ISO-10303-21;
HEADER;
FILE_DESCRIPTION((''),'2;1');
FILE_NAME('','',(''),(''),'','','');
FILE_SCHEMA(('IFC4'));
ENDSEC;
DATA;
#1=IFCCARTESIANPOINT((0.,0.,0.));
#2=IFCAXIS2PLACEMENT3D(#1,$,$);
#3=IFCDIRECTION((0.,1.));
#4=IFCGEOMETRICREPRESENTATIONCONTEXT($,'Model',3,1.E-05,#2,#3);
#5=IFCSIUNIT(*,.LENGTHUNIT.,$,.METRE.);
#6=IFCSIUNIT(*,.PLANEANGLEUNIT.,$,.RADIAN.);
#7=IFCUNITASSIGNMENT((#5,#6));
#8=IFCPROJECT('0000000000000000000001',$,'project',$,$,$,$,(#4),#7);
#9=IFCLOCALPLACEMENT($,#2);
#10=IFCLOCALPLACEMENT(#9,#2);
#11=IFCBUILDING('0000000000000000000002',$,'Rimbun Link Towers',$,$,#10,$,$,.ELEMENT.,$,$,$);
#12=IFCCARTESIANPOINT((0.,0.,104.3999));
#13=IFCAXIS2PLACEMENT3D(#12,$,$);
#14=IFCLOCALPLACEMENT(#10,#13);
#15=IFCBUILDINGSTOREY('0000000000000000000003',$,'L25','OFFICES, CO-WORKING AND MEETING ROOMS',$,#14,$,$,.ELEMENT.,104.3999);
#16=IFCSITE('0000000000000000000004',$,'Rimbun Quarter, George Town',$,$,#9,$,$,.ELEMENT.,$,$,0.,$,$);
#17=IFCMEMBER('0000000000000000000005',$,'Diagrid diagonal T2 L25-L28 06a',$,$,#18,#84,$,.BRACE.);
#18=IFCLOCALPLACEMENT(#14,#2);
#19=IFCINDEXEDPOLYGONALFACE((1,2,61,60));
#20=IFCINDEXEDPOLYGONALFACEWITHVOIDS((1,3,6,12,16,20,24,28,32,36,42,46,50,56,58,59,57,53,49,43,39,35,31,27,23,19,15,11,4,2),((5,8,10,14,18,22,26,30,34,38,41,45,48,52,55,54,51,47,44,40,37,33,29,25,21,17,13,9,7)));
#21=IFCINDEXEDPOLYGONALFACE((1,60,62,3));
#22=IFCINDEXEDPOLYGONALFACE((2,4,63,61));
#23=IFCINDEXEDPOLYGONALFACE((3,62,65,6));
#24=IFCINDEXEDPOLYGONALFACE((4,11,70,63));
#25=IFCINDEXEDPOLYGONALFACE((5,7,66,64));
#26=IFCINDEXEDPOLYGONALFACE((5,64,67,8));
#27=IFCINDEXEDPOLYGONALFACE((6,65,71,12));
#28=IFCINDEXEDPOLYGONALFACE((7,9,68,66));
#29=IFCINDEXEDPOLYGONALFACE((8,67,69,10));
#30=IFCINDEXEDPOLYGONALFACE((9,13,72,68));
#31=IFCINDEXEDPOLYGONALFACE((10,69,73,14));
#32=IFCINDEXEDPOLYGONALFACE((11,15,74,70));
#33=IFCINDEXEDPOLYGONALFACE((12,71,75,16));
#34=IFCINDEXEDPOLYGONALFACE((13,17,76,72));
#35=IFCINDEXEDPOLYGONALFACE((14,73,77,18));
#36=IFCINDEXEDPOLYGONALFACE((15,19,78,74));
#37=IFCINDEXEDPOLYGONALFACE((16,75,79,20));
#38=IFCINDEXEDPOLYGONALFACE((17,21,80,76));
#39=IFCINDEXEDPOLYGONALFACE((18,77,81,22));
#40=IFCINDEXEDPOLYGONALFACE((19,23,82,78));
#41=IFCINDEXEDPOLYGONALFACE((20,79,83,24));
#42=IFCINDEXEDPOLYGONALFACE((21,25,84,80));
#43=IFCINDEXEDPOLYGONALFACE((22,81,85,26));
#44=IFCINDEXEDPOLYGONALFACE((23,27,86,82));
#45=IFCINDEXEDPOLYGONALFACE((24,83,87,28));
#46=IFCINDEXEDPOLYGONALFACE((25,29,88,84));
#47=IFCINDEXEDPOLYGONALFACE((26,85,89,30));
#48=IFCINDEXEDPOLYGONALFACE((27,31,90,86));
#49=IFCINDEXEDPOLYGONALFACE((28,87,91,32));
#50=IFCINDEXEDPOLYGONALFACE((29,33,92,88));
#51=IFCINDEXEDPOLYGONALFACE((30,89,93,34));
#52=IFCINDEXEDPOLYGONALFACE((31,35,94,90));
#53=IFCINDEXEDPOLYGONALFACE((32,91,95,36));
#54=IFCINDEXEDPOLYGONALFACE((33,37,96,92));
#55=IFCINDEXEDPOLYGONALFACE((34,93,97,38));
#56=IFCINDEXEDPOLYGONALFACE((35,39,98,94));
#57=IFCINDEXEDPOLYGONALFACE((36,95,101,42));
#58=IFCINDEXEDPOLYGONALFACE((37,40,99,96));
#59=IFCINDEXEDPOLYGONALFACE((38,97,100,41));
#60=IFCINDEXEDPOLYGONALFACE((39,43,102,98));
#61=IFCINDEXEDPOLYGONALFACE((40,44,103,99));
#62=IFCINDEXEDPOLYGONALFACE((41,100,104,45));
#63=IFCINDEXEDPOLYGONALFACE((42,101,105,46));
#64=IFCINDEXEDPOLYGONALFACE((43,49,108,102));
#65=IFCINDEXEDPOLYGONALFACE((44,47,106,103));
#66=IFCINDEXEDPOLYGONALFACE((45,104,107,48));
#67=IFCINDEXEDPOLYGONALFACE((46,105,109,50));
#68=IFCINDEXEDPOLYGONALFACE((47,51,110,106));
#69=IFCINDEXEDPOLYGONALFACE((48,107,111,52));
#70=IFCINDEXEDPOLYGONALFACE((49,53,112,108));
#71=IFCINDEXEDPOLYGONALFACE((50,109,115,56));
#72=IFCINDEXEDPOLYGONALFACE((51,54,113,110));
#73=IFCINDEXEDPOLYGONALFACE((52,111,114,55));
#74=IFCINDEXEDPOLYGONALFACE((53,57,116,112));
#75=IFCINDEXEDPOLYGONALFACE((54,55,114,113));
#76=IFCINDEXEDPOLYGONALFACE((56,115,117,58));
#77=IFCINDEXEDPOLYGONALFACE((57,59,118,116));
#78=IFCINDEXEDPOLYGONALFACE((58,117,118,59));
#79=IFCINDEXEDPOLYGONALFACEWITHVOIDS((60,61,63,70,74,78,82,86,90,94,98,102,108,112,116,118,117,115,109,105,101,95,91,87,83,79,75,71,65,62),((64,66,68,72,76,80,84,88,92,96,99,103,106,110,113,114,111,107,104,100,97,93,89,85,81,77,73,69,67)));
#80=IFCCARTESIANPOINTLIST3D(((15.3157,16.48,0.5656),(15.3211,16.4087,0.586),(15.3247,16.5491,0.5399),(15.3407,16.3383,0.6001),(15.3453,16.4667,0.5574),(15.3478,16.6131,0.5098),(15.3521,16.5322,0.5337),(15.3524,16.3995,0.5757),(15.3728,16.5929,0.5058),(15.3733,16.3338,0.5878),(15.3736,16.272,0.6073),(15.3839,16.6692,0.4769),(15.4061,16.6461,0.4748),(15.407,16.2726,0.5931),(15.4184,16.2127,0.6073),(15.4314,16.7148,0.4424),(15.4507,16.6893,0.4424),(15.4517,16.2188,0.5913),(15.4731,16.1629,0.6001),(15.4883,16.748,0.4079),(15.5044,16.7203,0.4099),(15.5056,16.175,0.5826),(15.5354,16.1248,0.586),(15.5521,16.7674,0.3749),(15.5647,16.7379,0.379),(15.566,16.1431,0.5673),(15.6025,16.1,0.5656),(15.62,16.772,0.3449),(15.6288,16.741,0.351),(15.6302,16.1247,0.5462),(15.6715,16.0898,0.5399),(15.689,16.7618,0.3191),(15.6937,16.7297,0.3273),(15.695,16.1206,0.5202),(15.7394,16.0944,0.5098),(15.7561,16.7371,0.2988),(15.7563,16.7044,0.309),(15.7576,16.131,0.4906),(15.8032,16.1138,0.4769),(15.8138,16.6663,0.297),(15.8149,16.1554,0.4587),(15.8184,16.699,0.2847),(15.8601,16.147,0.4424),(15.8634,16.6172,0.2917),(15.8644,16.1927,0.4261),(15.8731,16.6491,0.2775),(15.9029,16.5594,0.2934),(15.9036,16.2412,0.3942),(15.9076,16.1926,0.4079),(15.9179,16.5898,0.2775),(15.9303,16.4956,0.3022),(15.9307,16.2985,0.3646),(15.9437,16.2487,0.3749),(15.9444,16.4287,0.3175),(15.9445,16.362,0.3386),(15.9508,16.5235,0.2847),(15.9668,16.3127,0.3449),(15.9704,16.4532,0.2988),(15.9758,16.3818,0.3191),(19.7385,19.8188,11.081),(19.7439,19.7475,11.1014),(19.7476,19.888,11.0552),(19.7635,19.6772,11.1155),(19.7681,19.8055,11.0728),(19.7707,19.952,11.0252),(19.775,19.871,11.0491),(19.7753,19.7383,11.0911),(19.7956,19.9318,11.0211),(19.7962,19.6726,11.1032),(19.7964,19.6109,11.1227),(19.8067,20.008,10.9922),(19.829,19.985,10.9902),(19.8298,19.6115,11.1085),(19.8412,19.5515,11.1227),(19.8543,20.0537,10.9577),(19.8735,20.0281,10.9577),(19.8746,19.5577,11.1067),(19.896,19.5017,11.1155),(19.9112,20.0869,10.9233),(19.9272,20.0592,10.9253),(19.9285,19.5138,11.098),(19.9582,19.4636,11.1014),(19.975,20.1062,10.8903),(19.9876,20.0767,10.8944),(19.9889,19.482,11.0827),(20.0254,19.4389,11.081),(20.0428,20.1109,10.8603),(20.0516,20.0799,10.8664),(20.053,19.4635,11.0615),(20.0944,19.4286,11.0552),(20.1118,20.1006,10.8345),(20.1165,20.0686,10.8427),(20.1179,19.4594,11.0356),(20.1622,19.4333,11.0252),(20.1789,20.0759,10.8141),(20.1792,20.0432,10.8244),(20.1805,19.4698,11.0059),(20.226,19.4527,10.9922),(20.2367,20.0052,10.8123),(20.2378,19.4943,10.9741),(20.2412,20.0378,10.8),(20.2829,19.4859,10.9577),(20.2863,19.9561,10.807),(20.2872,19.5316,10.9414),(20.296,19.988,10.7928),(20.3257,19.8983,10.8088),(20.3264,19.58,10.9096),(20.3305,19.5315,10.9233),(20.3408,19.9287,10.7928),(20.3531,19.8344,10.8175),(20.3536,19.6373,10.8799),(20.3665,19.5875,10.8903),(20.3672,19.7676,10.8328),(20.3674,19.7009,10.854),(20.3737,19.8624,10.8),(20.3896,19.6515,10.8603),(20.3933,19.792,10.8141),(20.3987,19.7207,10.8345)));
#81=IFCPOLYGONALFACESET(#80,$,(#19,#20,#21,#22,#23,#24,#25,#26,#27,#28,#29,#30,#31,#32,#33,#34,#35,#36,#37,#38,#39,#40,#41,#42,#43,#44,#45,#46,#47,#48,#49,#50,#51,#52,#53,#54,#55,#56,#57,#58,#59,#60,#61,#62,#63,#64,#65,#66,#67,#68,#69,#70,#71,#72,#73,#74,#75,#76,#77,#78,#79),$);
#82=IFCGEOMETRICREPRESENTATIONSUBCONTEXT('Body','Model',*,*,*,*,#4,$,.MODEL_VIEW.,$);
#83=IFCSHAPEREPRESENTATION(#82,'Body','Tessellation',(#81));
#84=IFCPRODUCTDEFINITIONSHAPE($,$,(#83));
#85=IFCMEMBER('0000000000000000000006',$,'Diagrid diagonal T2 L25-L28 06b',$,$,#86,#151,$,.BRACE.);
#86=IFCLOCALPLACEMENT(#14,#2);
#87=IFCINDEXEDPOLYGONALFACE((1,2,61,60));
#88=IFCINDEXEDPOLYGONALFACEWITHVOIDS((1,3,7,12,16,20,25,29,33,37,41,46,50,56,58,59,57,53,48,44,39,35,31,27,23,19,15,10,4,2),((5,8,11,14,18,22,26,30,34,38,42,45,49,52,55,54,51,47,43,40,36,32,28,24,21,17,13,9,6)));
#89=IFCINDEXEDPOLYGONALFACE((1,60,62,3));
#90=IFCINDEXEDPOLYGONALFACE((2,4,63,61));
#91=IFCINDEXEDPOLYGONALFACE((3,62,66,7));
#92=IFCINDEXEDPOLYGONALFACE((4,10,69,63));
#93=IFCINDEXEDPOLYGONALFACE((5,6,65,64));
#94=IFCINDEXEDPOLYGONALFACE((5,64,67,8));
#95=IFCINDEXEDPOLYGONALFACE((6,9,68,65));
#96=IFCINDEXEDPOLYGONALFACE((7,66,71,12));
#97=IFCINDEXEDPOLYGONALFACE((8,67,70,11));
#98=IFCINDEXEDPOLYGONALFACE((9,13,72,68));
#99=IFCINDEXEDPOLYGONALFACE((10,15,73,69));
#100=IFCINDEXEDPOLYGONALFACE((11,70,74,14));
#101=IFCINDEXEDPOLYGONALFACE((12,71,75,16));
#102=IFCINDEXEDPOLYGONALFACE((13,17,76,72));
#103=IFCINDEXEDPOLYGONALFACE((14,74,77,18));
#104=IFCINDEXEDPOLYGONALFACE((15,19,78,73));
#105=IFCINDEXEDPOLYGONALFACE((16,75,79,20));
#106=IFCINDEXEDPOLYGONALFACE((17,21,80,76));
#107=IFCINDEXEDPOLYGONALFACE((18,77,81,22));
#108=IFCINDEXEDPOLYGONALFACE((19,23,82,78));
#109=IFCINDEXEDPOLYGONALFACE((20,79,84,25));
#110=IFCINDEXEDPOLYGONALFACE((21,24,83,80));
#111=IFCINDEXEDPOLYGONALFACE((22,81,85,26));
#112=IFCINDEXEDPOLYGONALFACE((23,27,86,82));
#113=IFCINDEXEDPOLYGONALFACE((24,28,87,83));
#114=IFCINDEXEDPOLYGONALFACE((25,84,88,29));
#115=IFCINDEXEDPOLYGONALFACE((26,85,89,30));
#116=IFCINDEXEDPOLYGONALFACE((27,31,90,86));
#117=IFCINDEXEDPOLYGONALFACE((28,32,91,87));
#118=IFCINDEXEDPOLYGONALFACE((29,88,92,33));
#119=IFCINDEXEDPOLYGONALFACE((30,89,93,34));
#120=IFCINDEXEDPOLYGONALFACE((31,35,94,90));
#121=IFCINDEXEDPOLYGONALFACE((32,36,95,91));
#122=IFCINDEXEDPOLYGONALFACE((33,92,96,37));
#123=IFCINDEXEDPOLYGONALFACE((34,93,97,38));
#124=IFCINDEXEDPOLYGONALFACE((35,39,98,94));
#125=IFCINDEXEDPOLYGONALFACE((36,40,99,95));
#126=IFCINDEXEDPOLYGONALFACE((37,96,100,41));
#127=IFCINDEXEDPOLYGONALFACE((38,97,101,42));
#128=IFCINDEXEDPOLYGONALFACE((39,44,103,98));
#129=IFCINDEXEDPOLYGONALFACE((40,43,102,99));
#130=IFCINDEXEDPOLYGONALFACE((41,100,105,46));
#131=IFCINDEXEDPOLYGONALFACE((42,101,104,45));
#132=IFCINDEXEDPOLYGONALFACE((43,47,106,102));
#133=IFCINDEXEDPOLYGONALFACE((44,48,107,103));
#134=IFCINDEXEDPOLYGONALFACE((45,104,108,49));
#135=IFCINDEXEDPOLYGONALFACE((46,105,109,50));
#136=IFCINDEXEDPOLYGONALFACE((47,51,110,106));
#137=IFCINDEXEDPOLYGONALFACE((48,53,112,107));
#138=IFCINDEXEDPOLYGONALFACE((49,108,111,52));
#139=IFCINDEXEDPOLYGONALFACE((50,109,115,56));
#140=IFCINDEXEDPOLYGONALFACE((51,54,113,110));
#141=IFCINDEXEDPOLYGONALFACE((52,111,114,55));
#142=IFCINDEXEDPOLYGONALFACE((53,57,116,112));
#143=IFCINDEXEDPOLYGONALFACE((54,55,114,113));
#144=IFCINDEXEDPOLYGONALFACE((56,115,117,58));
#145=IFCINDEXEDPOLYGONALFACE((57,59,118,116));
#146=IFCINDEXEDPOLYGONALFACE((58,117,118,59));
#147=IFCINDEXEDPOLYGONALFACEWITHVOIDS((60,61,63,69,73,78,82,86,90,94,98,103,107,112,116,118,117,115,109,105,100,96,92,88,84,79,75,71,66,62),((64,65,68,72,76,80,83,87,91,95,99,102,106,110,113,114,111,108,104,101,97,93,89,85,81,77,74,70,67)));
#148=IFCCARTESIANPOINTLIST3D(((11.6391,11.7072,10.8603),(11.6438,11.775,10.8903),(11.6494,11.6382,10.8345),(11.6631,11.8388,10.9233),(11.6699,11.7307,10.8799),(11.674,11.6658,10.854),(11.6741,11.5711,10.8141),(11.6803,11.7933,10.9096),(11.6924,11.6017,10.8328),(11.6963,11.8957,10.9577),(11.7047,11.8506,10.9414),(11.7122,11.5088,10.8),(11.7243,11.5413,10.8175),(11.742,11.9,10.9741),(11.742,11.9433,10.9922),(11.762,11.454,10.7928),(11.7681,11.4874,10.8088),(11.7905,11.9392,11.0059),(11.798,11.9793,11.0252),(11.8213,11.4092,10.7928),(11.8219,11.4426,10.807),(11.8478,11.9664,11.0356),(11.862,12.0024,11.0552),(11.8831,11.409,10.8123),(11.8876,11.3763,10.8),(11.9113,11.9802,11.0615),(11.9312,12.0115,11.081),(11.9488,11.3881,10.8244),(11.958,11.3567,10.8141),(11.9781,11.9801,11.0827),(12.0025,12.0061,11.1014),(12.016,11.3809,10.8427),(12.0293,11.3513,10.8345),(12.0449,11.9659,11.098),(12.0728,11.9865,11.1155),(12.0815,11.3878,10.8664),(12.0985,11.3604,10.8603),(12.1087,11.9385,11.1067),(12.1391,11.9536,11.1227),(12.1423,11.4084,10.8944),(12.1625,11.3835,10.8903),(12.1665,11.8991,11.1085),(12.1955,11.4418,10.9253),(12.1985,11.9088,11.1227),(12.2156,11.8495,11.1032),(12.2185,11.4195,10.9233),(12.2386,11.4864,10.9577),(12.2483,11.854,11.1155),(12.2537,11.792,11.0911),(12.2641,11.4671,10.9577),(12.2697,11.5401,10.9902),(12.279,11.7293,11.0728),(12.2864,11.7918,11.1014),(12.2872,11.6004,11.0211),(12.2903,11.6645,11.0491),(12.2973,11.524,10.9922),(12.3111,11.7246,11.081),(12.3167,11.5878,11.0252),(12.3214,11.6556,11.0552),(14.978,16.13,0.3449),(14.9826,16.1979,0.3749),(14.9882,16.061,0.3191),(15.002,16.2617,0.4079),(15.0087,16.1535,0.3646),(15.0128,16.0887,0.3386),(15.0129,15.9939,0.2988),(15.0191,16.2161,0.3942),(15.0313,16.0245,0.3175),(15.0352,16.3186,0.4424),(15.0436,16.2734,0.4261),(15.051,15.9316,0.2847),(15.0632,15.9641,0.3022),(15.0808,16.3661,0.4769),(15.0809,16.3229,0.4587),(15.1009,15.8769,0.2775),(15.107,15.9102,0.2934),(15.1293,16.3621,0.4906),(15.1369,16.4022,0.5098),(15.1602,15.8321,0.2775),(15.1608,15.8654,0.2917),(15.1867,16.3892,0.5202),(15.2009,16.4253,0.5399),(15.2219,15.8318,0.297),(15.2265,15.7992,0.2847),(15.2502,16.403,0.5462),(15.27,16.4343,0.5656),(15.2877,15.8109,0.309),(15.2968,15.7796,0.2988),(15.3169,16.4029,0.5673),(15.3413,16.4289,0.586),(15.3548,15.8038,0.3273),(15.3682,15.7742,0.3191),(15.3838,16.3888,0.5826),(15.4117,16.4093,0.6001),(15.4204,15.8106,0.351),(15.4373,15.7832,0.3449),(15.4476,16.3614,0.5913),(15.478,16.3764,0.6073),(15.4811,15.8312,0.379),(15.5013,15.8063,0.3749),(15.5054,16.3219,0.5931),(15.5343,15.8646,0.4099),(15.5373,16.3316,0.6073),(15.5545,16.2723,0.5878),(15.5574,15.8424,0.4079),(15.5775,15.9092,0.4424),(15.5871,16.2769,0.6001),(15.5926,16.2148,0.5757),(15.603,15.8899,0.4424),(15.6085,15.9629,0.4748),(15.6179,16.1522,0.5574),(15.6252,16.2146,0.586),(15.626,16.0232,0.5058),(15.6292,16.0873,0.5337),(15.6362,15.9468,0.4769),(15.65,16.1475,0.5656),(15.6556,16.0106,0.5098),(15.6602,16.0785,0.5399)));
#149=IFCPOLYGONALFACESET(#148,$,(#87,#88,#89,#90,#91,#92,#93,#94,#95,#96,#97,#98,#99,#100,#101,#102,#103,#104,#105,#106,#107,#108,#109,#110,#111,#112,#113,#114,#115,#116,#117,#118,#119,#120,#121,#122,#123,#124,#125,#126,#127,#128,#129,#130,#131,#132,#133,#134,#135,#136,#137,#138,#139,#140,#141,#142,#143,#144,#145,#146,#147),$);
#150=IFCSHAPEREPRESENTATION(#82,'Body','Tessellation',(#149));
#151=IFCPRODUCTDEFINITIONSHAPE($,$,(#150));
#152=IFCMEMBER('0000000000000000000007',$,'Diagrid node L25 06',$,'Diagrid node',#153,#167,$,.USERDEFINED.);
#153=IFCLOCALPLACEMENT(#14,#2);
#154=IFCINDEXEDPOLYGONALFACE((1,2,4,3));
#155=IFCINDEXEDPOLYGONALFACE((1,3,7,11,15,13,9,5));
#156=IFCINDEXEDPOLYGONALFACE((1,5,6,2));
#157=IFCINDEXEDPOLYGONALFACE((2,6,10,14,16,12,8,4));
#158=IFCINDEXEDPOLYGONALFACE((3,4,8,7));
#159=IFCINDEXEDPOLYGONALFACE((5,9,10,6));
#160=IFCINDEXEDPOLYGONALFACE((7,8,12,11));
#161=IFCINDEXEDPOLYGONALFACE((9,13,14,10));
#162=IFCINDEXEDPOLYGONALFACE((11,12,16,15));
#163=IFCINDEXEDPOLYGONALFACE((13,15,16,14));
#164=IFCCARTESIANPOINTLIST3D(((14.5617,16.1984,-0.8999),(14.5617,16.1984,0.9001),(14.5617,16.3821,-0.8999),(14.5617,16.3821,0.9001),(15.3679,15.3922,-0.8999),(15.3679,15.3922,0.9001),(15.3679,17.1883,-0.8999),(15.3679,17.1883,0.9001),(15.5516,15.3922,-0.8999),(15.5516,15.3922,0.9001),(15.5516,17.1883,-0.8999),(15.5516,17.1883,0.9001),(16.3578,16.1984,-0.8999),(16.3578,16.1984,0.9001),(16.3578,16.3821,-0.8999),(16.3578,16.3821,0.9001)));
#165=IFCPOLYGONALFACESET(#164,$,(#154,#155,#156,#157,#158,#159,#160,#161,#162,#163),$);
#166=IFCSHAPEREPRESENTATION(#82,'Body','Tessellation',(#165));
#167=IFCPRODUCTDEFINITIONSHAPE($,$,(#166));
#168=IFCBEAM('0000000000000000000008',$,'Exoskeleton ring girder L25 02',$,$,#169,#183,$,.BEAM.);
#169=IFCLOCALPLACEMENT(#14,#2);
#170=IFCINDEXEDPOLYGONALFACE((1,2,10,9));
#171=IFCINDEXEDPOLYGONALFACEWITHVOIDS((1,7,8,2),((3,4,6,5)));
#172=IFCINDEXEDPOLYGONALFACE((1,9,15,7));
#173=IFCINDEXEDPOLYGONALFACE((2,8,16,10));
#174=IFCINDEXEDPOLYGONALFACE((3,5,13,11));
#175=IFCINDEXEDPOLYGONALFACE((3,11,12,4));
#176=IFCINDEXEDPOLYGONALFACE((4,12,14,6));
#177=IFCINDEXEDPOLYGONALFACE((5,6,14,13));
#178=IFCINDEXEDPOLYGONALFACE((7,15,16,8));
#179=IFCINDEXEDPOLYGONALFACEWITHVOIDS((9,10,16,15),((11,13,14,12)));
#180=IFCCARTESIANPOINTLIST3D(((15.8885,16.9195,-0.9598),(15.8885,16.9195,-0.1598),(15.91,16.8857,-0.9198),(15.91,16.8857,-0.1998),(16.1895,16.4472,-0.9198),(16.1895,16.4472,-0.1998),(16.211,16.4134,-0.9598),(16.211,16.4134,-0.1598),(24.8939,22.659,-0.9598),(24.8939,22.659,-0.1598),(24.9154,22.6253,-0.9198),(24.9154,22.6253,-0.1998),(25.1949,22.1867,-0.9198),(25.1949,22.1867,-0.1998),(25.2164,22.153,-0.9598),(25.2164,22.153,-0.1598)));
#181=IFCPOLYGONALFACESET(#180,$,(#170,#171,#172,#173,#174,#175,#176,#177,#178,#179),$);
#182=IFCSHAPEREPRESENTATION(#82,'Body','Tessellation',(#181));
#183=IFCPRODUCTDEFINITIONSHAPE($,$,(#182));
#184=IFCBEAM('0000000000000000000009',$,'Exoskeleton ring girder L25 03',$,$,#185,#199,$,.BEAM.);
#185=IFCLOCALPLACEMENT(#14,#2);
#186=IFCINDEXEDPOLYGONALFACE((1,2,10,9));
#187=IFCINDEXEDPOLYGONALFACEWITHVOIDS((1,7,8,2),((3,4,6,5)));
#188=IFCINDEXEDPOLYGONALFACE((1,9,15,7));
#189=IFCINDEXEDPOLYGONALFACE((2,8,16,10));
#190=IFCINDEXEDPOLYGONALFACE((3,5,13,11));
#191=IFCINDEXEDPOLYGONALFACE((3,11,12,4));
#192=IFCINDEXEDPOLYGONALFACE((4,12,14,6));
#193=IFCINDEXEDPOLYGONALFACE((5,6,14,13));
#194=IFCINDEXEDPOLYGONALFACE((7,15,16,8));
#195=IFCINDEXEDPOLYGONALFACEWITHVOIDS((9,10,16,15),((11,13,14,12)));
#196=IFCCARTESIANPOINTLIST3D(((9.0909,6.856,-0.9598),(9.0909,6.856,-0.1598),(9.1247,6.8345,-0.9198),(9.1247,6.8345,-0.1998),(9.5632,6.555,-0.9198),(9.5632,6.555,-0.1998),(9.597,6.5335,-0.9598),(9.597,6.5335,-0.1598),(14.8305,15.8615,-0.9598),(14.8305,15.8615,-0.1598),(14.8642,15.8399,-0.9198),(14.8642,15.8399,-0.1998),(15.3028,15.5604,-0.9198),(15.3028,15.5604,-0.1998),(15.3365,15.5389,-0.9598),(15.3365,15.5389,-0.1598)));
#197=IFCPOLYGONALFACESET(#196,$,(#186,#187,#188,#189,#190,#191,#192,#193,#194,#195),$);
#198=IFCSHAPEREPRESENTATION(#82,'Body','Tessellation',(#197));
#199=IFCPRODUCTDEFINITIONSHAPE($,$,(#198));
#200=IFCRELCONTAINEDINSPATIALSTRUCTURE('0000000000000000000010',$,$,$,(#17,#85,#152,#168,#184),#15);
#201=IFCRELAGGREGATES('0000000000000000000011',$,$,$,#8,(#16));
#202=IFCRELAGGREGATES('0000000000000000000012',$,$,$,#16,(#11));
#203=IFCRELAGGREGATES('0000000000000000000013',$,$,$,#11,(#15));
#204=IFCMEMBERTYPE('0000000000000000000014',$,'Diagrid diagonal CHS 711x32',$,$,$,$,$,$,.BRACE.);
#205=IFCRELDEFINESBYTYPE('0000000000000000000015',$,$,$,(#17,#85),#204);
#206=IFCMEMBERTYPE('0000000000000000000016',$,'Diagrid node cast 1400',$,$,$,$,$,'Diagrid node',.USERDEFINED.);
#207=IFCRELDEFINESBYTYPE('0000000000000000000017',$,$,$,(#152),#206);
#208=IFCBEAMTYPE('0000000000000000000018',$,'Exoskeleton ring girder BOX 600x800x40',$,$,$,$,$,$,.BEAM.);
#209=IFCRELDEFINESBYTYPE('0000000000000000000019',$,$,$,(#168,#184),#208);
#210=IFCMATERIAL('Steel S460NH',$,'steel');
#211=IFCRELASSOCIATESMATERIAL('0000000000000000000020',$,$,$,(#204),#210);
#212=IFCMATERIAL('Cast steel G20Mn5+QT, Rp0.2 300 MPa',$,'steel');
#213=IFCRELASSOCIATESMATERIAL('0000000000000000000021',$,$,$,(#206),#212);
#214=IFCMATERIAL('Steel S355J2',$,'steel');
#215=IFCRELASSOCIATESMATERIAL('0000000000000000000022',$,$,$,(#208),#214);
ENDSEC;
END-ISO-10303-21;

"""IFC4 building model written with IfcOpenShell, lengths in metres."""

from ifc_helpers import new_model, si_unit, direction, frame, origin, origin_2d, place, context, subcontext, project, spatial, polyline, hollow_rectangle, hollow_circle, outline, extrude, material, material_profile, profile_set, type_object, element, save


model = new_model("IFC4")

# Units and contexts
model_context = context("Model", 3, precision=1e-05, world=origin(), true_north=direction((0.0, 1.0)))
body_context = subcontext(model_context, "Body", "Model", "MODEL_VIEW")
ifc_project = project(units=[si_unit("LENGTHUNIT", "METRE"), si_unit("PLANEANGLEUNIT", "RADIAN")], contexts=[model_context])

# Site, building, storey
site_placement = place(None, origin())
site = spatial("IfcSite", under=ifc_project, at=site_placement, Name="Rimbun Quarter, George Town", CompositionType="ELEMENT", RefElevation=0.0)
building_placement = place(site_placement, origin())
building = spatial("IfcBuilding", under=site, at=building_placement, Name="Rimbun Link Towers", CompositionType="ELEMENT")
storey_placement = place(building_placement, frame((0.0, 0.0, 104.3999)))
storey = spatial("IfcBuildingStorey", under=building, at=storey_placement, Name="L25", Description="OFFICES, CO-WORKING AND MEETING ROOMS", CompositionType="ELEMENT", Elevation=104.3999)

# Members
ifc_material_1 = material(Name="Steel S460NH", Category="steel")
ifc_material_profile_1 = material_profile(ifc_material_1, hollow_circle(Radius=0.3557, WallThickness=0.032, at=origin_2d()), Name="Diagrid diagonal CHS 711x32")
ifc_profile_set_1 = profile_set([ifc_material_profile_1], Name="Steel S460NH")
member_type_1 = type_object("IfcMemberType", Name="Diagrid diagonal CHS 711x32", PredefinedType="BRACE", material=ifc_profile_set_1)
for number, where, z_axis, x_axis, name in (
    (1, (15.6458, 16.4309, 0.4424), (0.372098, 0.280902, 0.884668), (-0.602506, 0.798114, 0.0), "Diagrid diagonal T2 L25-L28 06a"),
    (2, (15.3191, 16.1042, 0.4424), (-0.280902, -0.372098, 0.884668), (0.798114, -0.602506, 0.0), "Diagrid diagonal T2 L25-L28 06b"),
):
    element("IfcMember", number, at=place(storey_placement, frame(where, z_axis=z_axis, x_axis=x_axis)), inside=storey, type_object=member_type_1, Name=name, PredefinedType="BRACE", context=body_context, shape_type="SweptSolid", body=[
        extrude(hollow_circle(Radius=0.3557, WallThickness=0.032, at=origin_2d()), origin(), (0.0, 0.0, 1.0), 11.8862),
    ])
ifc_material_2 = material(Name="Cast steel G20Mn5+QT, Rp0.2 300 MPa", Category="steel")
ifc_material_profile_2 = material_profile(ifc_material_2, outline(polyline([(0.7, -0.5701), (0.7, 0.5701), (0.5701, 0.7), (-0.5701, 0.7), (-0.7, 0.5701), (-0.7, -0.5701), (-0.5701, -0.7), (0.5701, -0.7), (0.7, -0.5701)])), Name="NODE 1400x1400")
ifc_profile_set_2 = profile_set([ifc_material_profile_2], Name="Cast steel G20Mn5+QT, Rp0.2 300 MPa")
member_type_2 = type_object("IfcMemberType", Name="Diagrid node cast 1400", ElementType="Diagrid node", PredefinedType="USERDEFINED", material=ifc_profile_set_2)
member_1_placement = place(storey_placement, frame((15.4597, 16.2903, -0.8999), z_axis=(0.0, 0.0, 1.0), x_axis=(-0.707107, 0.707107, 0.0)))
element("IfcMember", 3, at=member_1_placement, inside=storey, type_object=member_type_2, Name="Diagrid node L25 06", ObjectType="Diagrid node", PredefinedType="USERDEFINED", context=body_context, shape_type="SweptSolid", body=[
    extrude(outline(polyline([(0.7, -0.5701), (0.7, 0.5701), (0.5701, 0.7), (-0.5701, 0.7), (-0.7, 0.5701), (-0.7, -0.5701), (-0.5701, -0.7), (0.5701, -0.7), (0.7, -0.5701)])), origin(), (0.0, 0.0, 1.0), 1.8),
])

# Beams
ifc_material_3 = material(Name="Steel S355J2", Category="steel")
ifc_material_profile_3 = material_profile(ifc_material_3, hollow_rectangle(XDim=0.6001, YDim=0.8, WallThickness=0.04, at=origin_2d()), Name="Exoskeleton ring girder BOX 600x800x40")
ifc_profile_set_3 = profile_set([ifc_material_profile_3], Name="Steel S355J2")
beam_type_1 = type_object("IfcBeamType", Name="Exoskeleton ring girder BOX 600x800x40", PredefinedType="BEAM", material=ifc_profile_set_3)
for number, where, z_axis, x_axis, name in (
    (4, (25.0552, 22.406, -0.5598), (-0.843288, -0.537463, 0.0), (0.537463, -0.843288, 0.0), "Exoskeleton ring girder L25 02"),
    (5, (15.0835, 15.7002, -0.5598), (-0.537463, -0.843288, 0.0), (0.843288, -0.537463, 0.0), "Exoskeleton ring girder L25 03"),
):
    element("IfcBeam", number, at=place(storey_placement, frame(where, z_axis=z_axis, x_axis=x_axis)), inside=storey, type_object=beam_type_1, Name=name, PredefinedType="BEAM", context=body_context, shape_type="SweptSolid", body=[
        extrude(hollow_rectangle(XDim=0.6001, YDim=0.8, WallThickness=0.04, at=origin_2d()), origin(), (0.0, 0.0, 1.0), 10.679),
    ])

save(model, "model.ifc")
